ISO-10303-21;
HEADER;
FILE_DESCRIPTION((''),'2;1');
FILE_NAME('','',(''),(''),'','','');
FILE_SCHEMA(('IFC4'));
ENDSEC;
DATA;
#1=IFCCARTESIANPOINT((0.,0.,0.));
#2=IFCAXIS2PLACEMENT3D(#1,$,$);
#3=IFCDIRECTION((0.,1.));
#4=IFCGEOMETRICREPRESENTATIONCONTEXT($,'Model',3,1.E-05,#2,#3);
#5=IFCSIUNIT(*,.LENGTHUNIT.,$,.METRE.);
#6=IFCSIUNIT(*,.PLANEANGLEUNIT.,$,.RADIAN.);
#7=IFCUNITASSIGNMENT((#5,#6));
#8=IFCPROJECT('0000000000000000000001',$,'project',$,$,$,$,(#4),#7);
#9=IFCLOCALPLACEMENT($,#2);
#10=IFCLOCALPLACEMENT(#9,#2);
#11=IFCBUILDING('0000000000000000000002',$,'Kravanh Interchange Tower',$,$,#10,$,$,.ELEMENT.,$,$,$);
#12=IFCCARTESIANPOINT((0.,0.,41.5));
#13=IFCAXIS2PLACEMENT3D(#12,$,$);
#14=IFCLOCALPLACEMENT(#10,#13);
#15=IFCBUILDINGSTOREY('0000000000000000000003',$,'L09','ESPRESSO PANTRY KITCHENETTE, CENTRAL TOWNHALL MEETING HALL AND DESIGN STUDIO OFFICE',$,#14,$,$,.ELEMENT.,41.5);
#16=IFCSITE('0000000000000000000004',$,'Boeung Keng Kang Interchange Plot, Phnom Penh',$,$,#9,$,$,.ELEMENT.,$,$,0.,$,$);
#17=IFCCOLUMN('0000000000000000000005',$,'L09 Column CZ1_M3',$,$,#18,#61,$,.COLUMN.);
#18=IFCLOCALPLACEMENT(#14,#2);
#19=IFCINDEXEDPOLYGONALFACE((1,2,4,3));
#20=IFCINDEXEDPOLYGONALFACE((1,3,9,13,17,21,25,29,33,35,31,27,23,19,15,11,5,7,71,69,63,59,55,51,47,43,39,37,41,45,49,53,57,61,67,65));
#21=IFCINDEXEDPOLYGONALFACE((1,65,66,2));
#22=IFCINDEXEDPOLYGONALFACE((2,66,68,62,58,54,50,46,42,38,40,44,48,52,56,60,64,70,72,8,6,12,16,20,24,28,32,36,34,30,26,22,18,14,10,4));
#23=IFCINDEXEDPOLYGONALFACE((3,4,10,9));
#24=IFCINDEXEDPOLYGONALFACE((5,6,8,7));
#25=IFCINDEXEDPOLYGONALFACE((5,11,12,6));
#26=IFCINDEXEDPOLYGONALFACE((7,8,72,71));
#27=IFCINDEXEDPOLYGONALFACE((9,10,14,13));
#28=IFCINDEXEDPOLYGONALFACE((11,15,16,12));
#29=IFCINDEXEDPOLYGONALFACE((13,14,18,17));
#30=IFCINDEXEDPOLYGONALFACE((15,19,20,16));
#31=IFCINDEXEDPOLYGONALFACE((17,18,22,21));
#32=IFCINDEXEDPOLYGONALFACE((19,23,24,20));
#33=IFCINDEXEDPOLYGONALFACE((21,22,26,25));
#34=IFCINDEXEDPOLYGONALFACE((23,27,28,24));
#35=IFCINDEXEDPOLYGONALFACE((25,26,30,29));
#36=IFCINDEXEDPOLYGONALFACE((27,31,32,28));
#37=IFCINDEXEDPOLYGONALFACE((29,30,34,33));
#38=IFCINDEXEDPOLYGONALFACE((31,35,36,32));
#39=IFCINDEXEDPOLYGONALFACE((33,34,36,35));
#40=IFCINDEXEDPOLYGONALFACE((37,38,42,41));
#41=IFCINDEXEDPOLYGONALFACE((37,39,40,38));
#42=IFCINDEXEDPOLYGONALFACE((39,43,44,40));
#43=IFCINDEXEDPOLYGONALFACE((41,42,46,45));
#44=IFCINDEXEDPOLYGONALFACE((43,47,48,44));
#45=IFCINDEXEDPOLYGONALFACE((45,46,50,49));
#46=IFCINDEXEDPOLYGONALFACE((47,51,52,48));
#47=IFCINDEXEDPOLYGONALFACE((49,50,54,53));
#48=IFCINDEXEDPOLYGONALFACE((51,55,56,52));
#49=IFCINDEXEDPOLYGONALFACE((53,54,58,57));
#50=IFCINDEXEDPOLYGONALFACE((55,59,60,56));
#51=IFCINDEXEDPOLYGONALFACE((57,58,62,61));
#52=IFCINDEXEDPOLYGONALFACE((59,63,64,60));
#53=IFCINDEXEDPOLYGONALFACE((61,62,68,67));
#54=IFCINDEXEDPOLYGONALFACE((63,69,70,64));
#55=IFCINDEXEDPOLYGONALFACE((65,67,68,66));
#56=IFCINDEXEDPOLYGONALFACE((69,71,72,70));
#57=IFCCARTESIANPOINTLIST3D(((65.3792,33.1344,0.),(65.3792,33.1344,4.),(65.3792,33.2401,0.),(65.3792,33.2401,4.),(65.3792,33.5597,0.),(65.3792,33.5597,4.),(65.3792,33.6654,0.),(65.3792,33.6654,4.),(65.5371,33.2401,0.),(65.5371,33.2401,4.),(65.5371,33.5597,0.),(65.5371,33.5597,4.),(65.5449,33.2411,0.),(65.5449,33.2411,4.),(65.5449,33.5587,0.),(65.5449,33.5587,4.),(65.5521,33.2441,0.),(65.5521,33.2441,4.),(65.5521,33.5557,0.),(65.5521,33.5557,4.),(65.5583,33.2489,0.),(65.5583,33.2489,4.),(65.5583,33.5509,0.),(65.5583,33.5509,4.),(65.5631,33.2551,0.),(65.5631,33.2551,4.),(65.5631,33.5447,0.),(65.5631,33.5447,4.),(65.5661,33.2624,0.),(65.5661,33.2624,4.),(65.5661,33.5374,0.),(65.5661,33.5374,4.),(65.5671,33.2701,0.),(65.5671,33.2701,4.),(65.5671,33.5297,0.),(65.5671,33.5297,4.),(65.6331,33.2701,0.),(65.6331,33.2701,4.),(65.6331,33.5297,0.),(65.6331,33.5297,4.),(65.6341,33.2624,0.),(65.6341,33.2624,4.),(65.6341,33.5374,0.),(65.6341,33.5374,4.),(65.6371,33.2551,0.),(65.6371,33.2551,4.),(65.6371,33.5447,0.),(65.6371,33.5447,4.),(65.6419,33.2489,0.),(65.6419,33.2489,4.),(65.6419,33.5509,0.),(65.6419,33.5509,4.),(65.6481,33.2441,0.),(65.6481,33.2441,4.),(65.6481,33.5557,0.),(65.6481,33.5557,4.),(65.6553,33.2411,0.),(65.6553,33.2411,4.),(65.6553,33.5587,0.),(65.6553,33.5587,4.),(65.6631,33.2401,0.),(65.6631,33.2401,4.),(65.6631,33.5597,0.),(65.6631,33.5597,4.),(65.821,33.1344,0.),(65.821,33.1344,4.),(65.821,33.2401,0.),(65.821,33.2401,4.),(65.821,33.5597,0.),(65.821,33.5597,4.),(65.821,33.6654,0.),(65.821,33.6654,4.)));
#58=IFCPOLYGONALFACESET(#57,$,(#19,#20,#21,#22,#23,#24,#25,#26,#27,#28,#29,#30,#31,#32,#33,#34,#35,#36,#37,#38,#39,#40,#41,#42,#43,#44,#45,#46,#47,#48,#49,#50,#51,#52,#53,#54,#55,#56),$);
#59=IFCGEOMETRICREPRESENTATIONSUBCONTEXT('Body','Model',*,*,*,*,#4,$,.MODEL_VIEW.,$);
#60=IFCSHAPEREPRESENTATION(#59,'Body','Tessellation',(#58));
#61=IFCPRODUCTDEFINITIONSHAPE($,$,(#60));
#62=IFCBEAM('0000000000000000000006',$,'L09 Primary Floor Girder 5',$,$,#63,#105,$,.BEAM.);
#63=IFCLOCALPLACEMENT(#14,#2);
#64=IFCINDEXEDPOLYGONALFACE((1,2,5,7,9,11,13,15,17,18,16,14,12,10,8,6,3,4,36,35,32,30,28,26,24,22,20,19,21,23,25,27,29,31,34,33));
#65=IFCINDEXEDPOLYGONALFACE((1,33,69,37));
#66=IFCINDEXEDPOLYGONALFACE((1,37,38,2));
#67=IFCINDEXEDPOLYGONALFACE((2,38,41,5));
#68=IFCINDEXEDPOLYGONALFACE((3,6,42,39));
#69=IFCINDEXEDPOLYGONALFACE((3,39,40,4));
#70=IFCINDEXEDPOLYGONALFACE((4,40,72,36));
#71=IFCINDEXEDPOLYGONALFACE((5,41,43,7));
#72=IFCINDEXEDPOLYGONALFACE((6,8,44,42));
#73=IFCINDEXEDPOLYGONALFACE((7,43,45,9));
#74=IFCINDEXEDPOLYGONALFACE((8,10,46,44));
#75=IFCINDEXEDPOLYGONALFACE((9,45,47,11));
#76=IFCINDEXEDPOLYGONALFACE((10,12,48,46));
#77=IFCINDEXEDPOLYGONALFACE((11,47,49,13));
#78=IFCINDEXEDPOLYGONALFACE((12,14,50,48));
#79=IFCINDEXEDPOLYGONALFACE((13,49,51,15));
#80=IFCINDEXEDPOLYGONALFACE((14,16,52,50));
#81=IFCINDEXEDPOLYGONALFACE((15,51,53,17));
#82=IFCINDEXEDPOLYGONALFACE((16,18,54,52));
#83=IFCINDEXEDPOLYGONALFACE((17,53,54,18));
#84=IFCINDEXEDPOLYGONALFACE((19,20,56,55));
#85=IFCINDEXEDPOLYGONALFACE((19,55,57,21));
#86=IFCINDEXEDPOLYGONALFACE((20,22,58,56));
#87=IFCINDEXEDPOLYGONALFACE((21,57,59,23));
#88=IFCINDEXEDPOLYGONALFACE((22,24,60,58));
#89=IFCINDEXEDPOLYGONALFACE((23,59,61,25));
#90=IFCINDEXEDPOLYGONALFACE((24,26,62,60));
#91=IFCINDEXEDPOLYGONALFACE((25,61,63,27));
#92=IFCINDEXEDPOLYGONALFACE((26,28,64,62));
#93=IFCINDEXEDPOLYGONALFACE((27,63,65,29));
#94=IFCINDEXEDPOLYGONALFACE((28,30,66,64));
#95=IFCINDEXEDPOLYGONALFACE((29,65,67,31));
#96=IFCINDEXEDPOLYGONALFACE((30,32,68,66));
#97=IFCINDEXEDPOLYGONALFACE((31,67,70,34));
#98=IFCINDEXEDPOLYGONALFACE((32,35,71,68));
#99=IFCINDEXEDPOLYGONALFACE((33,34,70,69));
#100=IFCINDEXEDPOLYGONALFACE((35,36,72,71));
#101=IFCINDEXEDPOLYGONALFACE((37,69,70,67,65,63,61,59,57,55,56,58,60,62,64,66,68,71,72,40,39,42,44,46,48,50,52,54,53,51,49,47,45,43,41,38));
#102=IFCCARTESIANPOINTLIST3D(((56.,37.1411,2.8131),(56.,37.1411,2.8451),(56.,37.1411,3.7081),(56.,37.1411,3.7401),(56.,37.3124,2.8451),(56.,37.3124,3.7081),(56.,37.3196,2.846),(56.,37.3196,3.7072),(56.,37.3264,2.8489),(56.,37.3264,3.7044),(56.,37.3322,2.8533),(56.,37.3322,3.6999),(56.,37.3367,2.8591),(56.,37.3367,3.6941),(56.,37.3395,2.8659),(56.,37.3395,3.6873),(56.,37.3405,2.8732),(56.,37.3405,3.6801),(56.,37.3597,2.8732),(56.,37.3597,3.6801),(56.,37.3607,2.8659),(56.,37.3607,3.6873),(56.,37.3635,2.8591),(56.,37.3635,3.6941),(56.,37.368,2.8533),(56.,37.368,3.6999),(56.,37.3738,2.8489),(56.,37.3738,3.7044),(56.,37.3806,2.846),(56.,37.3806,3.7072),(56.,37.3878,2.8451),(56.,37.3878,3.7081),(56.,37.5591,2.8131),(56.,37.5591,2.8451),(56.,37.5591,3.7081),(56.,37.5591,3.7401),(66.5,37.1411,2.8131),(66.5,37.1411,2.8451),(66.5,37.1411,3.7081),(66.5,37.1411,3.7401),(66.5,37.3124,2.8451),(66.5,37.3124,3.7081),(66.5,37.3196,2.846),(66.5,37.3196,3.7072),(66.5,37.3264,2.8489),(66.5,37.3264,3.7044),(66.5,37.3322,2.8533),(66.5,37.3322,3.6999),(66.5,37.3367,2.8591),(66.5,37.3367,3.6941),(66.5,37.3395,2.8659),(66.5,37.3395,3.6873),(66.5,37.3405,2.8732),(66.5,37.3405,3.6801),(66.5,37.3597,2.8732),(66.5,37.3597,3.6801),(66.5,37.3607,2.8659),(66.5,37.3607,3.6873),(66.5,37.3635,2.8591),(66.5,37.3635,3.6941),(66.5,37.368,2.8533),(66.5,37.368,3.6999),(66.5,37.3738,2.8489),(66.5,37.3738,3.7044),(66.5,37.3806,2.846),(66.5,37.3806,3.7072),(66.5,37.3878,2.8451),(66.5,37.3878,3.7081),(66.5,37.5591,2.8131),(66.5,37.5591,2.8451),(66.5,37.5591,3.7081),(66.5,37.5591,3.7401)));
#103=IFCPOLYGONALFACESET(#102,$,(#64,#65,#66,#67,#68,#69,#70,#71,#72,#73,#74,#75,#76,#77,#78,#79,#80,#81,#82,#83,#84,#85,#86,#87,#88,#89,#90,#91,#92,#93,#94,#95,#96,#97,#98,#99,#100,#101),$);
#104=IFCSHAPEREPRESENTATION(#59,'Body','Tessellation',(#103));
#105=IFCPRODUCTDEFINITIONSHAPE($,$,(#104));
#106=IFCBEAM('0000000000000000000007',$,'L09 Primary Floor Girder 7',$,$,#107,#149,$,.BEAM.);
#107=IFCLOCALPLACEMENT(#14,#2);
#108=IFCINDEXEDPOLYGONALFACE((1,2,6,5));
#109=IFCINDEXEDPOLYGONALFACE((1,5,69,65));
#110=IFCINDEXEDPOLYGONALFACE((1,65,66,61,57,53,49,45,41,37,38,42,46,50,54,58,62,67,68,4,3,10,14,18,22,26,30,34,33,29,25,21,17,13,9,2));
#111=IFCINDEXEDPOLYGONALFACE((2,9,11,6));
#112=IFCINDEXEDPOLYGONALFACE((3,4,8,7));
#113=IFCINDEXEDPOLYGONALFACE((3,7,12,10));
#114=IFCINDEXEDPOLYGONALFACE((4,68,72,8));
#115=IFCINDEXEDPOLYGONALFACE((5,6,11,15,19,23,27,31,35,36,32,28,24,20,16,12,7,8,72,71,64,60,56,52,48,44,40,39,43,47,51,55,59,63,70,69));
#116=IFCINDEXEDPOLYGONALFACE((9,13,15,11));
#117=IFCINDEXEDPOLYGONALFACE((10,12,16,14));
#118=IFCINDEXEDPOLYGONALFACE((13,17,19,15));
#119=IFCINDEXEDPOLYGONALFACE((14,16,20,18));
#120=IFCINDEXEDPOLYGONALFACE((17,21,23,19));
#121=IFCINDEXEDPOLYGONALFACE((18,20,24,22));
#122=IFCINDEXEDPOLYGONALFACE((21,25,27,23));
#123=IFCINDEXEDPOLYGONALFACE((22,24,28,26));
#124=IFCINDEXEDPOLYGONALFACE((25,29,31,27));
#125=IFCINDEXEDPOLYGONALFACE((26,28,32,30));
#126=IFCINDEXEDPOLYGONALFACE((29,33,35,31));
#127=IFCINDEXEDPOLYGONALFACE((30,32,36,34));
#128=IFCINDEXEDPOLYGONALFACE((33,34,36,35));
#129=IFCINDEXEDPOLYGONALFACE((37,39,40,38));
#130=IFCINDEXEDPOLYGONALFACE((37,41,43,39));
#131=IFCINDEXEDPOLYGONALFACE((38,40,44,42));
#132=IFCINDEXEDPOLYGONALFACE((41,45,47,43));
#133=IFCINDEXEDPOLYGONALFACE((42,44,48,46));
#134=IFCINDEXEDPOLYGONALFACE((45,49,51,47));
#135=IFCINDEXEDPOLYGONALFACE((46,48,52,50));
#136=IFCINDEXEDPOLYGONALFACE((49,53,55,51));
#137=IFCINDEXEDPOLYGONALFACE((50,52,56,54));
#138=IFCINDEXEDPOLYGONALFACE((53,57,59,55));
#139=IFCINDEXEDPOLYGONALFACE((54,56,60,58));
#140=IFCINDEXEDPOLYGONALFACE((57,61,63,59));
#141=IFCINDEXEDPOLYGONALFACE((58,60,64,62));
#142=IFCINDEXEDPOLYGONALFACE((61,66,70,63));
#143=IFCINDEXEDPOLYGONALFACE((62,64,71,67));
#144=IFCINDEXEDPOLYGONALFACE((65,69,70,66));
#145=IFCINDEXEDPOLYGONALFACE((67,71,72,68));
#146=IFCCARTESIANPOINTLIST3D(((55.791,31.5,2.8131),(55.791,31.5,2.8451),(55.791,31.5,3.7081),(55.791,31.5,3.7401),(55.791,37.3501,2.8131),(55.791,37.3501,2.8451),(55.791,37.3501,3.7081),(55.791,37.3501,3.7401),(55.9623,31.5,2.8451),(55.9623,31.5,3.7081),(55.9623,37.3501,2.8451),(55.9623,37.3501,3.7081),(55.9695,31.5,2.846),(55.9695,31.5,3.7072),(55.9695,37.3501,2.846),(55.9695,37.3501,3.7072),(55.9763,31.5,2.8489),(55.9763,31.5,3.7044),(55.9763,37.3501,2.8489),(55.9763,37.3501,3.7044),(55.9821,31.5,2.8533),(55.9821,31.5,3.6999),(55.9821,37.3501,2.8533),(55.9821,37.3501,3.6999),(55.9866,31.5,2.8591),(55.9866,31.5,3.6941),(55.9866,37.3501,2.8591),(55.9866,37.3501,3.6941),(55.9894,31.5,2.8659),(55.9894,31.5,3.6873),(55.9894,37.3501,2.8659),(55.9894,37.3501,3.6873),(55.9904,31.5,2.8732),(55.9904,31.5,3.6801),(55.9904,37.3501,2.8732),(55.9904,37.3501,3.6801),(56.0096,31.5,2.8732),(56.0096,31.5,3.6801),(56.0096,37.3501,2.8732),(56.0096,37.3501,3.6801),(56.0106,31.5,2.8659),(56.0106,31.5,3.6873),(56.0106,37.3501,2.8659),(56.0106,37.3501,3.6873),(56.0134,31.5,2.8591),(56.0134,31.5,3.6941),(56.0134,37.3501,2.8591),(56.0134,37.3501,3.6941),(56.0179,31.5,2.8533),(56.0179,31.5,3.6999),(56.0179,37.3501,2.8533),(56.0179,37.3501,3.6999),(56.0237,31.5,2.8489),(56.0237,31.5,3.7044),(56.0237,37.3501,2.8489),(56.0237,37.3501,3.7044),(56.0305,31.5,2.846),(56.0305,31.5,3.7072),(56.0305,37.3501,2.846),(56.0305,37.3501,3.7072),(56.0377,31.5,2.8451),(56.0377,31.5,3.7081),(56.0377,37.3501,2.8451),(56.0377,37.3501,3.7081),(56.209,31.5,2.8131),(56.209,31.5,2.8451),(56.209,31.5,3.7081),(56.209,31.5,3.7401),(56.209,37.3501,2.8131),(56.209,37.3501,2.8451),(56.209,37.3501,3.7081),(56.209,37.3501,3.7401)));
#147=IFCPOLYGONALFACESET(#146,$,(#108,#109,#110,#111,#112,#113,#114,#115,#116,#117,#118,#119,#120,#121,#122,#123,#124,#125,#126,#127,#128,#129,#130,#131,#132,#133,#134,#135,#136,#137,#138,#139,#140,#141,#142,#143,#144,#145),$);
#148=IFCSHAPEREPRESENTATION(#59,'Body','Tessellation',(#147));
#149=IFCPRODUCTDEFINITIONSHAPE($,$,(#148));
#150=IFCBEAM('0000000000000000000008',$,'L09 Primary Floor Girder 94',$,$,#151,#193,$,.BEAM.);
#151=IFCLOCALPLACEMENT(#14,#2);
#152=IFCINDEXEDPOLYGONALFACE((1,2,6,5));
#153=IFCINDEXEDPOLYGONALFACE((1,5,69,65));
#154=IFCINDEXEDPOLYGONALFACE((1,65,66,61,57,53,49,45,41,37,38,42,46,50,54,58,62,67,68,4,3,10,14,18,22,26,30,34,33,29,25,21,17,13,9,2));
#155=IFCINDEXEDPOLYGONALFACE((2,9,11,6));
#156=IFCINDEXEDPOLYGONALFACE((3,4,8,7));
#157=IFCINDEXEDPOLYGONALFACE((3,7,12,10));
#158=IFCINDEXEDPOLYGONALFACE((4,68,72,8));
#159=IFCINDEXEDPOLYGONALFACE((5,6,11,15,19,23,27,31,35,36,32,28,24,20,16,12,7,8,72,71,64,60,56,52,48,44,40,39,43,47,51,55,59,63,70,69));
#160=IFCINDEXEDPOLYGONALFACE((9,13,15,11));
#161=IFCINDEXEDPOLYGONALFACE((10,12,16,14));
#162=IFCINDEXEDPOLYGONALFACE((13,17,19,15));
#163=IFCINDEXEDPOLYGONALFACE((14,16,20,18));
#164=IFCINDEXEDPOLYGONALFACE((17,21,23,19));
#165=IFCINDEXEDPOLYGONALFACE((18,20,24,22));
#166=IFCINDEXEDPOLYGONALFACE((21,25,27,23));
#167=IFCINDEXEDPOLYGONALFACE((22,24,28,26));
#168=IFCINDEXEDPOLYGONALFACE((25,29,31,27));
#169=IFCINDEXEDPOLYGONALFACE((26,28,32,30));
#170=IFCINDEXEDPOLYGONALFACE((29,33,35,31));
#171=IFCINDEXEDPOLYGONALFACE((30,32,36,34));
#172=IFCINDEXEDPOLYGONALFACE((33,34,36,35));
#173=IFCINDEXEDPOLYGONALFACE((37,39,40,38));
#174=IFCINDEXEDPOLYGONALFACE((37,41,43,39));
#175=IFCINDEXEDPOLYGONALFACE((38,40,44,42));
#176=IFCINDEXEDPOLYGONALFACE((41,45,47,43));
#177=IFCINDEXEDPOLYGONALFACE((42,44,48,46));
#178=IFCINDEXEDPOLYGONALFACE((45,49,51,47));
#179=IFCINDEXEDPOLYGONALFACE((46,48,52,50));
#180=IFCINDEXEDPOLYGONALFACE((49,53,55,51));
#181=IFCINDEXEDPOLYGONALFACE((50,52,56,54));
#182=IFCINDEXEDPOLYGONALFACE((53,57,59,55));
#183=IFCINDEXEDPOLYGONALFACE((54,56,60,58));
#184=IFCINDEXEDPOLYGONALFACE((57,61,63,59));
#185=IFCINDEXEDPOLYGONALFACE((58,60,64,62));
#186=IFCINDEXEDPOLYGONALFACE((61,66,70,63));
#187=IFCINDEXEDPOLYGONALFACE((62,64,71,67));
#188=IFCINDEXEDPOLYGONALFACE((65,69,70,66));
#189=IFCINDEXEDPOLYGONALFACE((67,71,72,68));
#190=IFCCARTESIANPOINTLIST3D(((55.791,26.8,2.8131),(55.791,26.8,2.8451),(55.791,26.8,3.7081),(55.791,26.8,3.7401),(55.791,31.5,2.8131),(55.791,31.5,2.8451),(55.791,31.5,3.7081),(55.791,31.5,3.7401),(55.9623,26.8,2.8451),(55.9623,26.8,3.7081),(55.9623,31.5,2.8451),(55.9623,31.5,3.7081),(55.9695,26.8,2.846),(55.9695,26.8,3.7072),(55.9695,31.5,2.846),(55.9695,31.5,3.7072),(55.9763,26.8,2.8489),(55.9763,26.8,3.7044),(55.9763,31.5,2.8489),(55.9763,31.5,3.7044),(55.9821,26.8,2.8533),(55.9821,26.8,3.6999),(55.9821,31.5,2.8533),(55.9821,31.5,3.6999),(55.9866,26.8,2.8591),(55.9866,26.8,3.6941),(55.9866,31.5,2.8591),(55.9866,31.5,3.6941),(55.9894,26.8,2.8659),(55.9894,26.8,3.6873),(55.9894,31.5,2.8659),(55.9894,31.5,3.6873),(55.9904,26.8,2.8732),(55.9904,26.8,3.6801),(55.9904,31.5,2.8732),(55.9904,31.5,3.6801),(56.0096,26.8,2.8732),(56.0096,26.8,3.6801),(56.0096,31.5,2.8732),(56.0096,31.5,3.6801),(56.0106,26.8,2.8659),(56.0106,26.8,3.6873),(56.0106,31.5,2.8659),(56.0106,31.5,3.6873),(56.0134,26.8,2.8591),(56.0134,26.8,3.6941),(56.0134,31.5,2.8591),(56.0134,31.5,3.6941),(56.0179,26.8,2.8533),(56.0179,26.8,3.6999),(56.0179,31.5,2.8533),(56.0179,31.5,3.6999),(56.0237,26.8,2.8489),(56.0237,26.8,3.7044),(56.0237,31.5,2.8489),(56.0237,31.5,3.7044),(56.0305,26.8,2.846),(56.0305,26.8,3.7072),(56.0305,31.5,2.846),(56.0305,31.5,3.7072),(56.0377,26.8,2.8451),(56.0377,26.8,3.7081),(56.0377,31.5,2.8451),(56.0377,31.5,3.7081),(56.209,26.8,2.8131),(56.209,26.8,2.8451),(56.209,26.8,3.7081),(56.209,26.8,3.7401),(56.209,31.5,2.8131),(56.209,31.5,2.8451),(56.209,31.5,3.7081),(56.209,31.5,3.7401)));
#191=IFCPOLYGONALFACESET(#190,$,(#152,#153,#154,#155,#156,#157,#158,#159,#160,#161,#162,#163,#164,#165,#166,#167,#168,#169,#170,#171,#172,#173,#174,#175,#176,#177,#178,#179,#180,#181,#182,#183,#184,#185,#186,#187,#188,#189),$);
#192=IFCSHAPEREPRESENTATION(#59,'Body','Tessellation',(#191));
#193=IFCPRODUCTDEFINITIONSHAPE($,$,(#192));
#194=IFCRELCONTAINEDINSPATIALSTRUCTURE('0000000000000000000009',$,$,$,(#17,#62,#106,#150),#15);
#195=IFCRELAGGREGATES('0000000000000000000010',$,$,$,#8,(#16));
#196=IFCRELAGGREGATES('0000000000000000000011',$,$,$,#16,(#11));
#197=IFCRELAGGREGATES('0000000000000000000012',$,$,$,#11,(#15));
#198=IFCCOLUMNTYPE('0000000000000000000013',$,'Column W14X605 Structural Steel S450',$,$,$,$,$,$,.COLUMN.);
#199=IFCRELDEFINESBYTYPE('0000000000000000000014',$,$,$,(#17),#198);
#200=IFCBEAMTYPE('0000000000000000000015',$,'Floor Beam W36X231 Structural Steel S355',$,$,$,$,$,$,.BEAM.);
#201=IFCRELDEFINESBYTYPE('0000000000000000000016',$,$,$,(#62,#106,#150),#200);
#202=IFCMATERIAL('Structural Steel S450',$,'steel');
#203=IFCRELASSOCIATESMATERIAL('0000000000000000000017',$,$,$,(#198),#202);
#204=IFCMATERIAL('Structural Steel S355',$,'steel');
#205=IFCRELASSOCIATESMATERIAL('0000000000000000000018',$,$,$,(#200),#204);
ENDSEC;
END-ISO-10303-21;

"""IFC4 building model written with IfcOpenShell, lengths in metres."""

from ifc_helpers import new_model, si_unit, direction, frame, origin, origin_2d, place, context, subcontext, project, spatial, i_section, extrude, material, material_profile, profile_set, type_object, element, save


model = new_model("IFC4")

# Units and contexts
model_context = context("Model", 3, precision=1e-05, world=origin(), true_north=direction((0.0, 1.0)))
body_context = subcontext(model_context, "Body", "Model", "MODEL_VIEW")
ifc_project = project(units=[si_unit("LENGTHUNIT", "METRE"), si_unit("PLANEANGLEUNIT", "RADIAN")], contexts=[model_context])

# Site, building, storey
site_placement = place(None, origin())
site = spatial("IfcSite", under=ifc_project, at=site_placement, Name="Boeung Keng Kang Interchange Plot, Phnom Penh", CompositionType="ELEMENT", RefElevation=0.0)
building_placement = place(site_placement, origin())
building = spatial("IfcBuilding", under=site, at=building_placement, Name="Kravanh Interchange Tower", CompositionType="ELEMENT")
storey_placement = place(building_placement, frame((0.0, 0.0, 41.5)))
storey = spatial("IfcBuildingStorey", under=building, at=storey_placement, Name="L09", Description="ESPRESSO PANTRY KITCHENETTE, CENTRAL TOWNHALL MEETING HALL AND DESIGN STUDIO OFFICE", CompositionType="ELEMENT", Elevation=41.5)

# Column
ifc_material_1 = material(Name="Structural Steel S450", Category="steel")
ifc_material_profile_1 = material_profile(ifc_material_1, i_section(OverallWidth=0.4419, OverallDepth=0.531, WebThickness=0.0659, FlangeThickness=0.1057, FilletRadius=0.03, at=origin_2d()), Name="W14X605")
ifc_profile_set_1 = profile_set([ifc_material_profile_1], Name="Structural Steel S450")
column_type_1 = type_object("IfcColumnType", Name="Column W14X605 Structural Steel S450", PredefinedType="COLUMN", material=ifc_profile_set_1)
for number, where, z_axis, x_axis, name in (
    (1, (65.6001, 33.3999, 0.0), (0.0, 0.0, 1.0), (1.0, 0.0, 0.0), "L09 Column CZ1_M3"),
):
    element("IfcColumn", number, at=place(storey_placement, frame(where, z_axis=z_axis, x_axis=x_axis)), inside=storey, type_object=column_type_1, Name=name, PredefinedType="COLUMN", context=body_context, shape_type="SweptSolid", body=[
        extrude(i_section(OverallWidth=0.4419, OverallDepth=0.531, WebThickness=0.0659, FlangeThickness=0.1057, FilletRadius=0.03, at=origin_2d()), origin(), (0.0, 0.0, 1.0), 4.0),
    ])

# Beams
ifc_material_2 = material(Name="Structural Steel S355", Category="steel")
ifc_material_profile_2 = material_profile(ifc_material_2, i_section(OverallWidth=0.418, OverallDepth=0.927, WebThickness=0.0193, FlangeThickness=0.032, FilletRadius=0.0281, at=origin_2d()), Name="W36X231")
ifc_profile_set_2 = profile_set([ifc_material_profile_2], Name="Structural Steel S355")
beam_type_1 = type_object("IfcBeamType", Name="Floor Beam W36X231 Structural Steel S355", PredefinedType="BEAM", material=ifc_profile_set_2)
beam_1_placement = place(storey_placement, frame((66.5, 37.3501, 3.2766), z_axis=(-1.0, 0.0, 0.0), x_axis=(0.0, -1.0, 0.0)))
element("IfcBeam", 2, at=beam_1_placement, inside=storey, type_object=beam_type_1, Name="L09 Primary Floor Girder 5", PredefinedType="BEAM", context=body_context, shape_type="SweptSolid", body=[
    extrude(i_section(OverallWidth=0.418, OverallDepth=0.927, WebThickness=0.0193, FlangeThickness=0.032, FilletRadius=0.0281, at=origin_2d()), origin(), (0.0, 0.0, 1.0), 10.5),
])
beam_2_placement = place(storey_placement, frame((56.0, 37.3501, 3.2766), z_axis=(0.0, -1.0, 0.0), x_axis=(1.0, 0.0, 0.0)))
element("IfcBeam", 3, at=beam_2_placement, inside=storey, type_object=beam_type_1, Name="L09 Primary Floor Girder 7", PredefinedType="BEAM", context=body_context, shape_type="SweptSolid", body=[
    extrude(i_section(OverallWidth=0.418, OverallDepth=0.927, WebThickness=0.0193, FlangeThickness=0.032, FilletRadius=0.0281, at=origin_2d()), origin(), (0.0, 0.0, 1.0), 5.8501),
])
beam_3_placement = place(storey_placement, frame((56.0, 26.8, 3.2766), z_axis=(0.0, 1.0, 0.0), x_axis=(-1.0, 0.0, 0.0)))
element("IfcBeam", 4, at=beam_3_placement, inside=storey, type_object=beam_type_1, Name="L09 Primary Floor Girder 94", PredefinedType="BEAM", context=body_context, shape_type="SweptSolid", body=[
    extrude(i_section(OverallWidth=0.418, OverallDepth=0.927, WebThickness=0.0193, FlangeThickness=0.032, FilletRadius=0.0281, at=origin_2d()), origin(), (0.0, 0.0, 1.0), 4.7),
])

save(model, "model.ifc")
